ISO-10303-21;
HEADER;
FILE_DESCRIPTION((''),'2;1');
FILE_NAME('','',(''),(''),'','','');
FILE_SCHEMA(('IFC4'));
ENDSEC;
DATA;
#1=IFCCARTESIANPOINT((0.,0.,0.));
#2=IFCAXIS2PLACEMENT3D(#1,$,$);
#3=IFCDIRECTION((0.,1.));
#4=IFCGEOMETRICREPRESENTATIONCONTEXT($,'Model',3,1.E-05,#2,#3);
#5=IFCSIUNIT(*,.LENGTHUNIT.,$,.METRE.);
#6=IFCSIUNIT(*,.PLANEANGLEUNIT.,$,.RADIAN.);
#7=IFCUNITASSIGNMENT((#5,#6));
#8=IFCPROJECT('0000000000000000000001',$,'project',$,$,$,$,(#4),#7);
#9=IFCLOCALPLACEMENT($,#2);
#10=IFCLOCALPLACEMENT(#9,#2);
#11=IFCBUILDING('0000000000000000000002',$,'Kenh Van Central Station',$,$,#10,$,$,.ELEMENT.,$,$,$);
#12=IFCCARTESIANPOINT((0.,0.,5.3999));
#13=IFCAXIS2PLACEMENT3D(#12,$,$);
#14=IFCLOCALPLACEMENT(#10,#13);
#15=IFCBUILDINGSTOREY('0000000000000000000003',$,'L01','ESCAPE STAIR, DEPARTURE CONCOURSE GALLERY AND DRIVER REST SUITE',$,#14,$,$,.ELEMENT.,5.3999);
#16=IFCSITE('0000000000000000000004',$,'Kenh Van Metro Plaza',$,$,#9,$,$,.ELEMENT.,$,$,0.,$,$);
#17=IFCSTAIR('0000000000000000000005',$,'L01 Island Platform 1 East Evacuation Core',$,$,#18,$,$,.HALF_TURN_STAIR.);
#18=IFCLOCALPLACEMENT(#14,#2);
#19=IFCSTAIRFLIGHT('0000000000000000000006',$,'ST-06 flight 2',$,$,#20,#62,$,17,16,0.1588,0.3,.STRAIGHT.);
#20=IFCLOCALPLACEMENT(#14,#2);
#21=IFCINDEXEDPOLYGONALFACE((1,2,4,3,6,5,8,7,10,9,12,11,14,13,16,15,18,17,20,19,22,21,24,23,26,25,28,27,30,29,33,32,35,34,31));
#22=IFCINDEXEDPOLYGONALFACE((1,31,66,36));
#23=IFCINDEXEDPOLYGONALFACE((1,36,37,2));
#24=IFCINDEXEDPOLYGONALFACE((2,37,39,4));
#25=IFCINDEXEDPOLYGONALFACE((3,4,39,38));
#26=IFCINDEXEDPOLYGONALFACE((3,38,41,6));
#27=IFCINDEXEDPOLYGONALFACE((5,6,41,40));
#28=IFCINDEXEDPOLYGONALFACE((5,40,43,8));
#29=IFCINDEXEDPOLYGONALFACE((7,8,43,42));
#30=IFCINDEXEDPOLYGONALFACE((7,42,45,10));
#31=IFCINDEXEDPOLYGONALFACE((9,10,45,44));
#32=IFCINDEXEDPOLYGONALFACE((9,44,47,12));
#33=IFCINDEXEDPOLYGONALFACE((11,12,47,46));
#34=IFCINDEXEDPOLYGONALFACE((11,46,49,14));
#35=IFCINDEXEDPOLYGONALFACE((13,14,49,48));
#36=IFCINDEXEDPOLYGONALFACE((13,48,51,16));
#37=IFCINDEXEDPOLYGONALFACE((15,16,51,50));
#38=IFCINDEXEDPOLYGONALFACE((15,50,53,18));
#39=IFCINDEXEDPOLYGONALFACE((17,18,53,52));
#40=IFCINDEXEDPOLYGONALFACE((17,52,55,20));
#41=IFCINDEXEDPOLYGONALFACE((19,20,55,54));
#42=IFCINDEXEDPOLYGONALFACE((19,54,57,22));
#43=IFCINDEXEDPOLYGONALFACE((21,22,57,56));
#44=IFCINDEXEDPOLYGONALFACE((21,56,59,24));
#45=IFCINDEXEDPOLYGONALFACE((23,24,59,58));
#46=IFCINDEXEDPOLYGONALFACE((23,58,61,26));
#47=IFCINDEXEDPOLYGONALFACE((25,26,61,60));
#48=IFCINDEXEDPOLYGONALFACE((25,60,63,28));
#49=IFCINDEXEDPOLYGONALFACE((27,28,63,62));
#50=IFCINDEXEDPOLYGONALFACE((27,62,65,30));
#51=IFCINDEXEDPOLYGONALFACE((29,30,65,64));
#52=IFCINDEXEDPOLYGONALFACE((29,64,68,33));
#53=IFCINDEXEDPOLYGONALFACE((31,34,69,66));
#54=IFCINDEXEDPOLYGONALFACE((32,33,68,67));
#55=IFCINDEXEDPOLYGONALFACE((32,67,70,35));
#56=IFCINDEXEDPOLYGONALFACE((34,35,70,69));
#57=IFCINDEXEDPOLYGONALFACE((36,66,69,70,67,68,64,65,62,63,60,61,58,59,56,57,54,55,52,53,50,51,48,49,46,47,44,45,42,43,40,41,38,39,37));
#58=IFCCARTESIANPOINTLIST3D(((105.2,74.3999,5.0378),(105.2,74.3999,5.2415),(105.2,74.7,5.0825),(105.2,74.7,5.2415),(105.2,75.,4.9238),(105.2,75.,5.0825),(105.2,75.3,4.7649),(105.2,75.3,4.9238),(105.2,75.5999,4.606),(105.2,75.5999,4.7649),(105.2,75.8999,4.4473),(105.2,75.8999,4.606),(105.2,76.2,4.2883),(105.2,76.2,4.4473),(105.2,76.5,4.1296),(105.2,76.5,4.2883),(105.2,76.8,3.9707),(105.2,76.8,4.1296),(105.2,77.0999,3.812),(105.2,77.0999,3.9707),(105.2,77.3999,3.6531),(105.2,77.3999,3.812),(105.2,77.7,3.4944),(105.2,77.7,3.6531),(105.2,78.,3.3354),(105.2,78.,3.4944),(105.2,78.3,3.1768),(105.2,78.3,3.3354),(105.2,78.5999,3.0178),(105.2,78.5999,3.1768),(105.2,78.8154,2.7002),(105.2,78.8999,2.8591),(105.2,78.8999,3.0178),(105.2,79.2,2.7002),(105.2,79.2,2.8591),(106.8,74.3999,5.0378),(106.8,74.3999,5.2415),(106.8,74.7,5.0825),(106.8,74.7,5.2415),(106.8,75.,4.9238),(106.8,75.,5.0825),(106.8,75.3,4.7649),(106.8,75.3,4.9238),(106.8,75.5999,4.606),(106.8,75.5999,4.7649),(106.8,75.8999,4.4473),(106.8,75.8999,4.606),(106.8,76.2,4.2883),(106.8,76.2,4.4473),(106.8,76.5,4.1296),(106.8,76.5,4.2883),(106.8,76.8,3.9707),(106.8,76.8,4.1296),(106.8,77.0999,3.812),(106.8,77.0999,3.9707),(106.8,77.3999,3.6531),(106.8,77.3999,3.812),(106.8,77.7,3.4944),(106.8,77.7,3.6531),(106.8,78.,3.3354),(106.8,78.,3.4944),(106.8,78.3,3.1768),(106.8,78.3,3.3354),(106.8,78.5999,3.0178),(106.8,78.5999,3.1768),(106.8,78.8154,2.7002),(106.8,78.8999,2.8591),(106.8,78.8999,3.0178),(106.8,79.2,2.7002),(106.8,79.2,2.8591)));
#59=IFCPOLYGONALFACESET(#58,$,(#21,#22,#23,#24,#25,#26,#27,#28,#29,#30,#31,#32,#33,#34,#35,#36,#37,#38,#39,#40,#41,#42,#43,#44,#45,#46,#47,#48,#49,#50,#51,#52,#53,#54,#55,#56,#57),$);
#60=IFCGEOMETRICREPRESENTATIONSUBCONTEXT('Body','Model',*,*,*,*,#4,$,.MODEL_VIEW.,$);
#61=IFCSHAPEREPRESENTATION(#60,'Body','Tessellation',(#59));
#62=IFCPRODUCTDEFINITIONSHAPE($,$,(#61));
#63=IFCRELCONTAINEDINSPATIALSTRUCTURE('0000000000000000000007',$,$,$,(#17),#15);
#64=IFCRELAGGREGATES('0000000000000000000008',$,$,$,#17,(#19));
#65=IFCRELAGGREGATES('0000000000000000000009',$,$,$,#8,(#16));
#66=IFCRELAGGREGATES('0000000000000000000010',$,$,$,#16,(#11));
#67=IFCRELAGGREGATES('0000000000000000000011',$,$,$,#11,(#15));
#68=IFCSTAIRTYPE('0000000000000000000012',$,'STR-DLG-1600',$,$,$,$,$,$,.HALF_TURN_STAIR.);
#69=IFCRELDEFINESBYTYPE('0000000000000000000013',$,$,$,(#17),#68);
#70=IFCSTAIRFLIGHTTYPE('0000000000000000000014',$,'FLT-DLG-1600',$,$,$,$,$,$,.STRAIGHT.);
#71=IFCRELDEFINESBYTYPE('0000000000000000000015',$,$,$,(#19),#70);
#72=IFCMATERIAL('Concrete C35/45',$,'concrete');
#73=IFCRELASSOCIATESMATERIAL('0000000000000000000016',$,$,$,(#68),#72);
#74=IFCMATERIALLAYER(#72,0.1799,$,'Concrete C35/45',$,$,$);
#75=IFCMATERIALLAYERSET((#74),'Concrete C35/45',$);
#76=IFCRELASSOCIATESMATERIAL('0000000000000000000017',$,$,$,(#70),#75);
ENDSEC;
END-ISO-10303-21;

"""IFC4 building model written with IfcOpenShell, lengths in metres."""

from ifc_helpers import new_model, si_unit, direction, frame, origin, place, context, subcontext, project, spatial, polyline, outline, extrude, material, layer, layer_set, type_object, element, aggregate, save


model = new_model("IFC4")

# Units and contexts
model_context = context("Model", 3, precision=1e-05, world=origin(), true_north=direction((0.0, 1.0)))
body_context = subcontext(model_context, "Body", "Model", "MODEL_VIEW")
ifc_project = project(units=[si_unit("LENGTHUNIT", "METRE"), si_unit("PLANEANGLEUNIT", "RADIAN")], contexts=[model_context])

# Site, building, storey
site_placement = place(None, origin())
site = spatial("IfcSite", under=ifc_project, at=site_placement, Name="Kenh Van Metro Plaza", CompositionType="ELEMENT", RefElevation=0.0)
building_placement = place(site_placement, origin())
building = spatial("IfcBuilding", under=site, at=building_placement, Name="Kenh Van Central Station", CompositionType="ELEMENT")
storey_placement = place(building_placement, frame((0.0, 0.0, 5.3999)))
storey = spatial("IfcBuildingStorey", under=building, at=storey_placement, Name="L01", Description="ESCAPE STAIR, DEPARTURE CONCOURSE GALLERY AND DRIVER REST SUITE", CompositionType="ELEMENT", Elevation=5.3999)

# Stair, stair flight
ifc_material_1 = material(Name="Concrete C35/45", Category="concrete")
stair_type = type_object("IfcStairType", Name="STR-DLG-1600", PredefinedType="HALF_TURN_STAIR", material=ifc_material_1)
stair_placement = place(storey_placement, origin())
stair = element("IfcStair", 1, at=stair_placement, inside=storey, type_object=stair_type, Name="L01 Island Platform 1 East Evacuation Core", PredefinedType="HALF_TURN_STAIR")
ifc_layer_1 = layer(ifc_material_1, 0.1799, Name="Concrete C35/45")
ifc_layer_set_1 = layer_set([ifc_layer_1], Name="Concrete C35/45")
stair_flight_type = type_object("IfcStairFlightType", Name="FLT-DLG-1600", PredefinedType="STRAIGHT", material=ifc_layer_set_1)
stair_flight_placement = place(storey_placement, frame((106.0, 79.2, 2.7002), z_axis=(0.0, 0.0, 1.0), x_axis=(0.0, -1.0, 0.0)))
stair_flight = element("IfcStairFlight", 2, at=stair_flight_placement, type_object=stair_flight_type, Name="ST-06 flight 2", NumberOfRisers=17, NumberOfTreads=16, PredefinedType="STRAIGHT", RiserHeight=0.1588, TreadLength=0.3, context=body_context, shape_type="SweptSolid", body=[
    extrude(outline(polyline([(0.0, 0.0), (0.0, 0.1589), (0.3, 0.1589), (0.3, 0.3176), (0.6001, 0.3176), (0.6001, 0.4766), (0.8999, 0.4766), (0.8999, 0.6353), (1.2, 0.6353), (1.2, 0.7942), (1.5, 0.7942), (1.5, 0.9529), (1.8, 0.9529), (1.8, 1.1118), (2.1001, 1.1118), (2.1001, 1.2705), (2.3999, 1.2705), (2.3999, 1.4294), (2.7, 1.4294), (2.7, 1.5881), (3.0, 1.5881), (3.0, 1.7471), (3.3, 1.7471), (3.3, 1.9058), (3.6001, 1.9058), (3.6001, 2.0647), (3.8999, 2.0647), (3.8999, 2.2236), (4.2, 2.2236), (4.2, 2.3823), (4.5, 2.3823), (4.5, 2.5413), (4.8, 2.5413), (4.8, 2.7), (4.8, 2.3376), (0.3845, 0.0), (0.0, 0.0)])), frame((0.0, 0.8, 0.0), z_axis=(0.0, -1.0, 0.0), x_axis=(1.0, 0.0, 0.0)), (0.0, 0.0, 1.0), 1.6001),
])
aggregate(stair, [stair_flight])

save(model, "model.ifc")
